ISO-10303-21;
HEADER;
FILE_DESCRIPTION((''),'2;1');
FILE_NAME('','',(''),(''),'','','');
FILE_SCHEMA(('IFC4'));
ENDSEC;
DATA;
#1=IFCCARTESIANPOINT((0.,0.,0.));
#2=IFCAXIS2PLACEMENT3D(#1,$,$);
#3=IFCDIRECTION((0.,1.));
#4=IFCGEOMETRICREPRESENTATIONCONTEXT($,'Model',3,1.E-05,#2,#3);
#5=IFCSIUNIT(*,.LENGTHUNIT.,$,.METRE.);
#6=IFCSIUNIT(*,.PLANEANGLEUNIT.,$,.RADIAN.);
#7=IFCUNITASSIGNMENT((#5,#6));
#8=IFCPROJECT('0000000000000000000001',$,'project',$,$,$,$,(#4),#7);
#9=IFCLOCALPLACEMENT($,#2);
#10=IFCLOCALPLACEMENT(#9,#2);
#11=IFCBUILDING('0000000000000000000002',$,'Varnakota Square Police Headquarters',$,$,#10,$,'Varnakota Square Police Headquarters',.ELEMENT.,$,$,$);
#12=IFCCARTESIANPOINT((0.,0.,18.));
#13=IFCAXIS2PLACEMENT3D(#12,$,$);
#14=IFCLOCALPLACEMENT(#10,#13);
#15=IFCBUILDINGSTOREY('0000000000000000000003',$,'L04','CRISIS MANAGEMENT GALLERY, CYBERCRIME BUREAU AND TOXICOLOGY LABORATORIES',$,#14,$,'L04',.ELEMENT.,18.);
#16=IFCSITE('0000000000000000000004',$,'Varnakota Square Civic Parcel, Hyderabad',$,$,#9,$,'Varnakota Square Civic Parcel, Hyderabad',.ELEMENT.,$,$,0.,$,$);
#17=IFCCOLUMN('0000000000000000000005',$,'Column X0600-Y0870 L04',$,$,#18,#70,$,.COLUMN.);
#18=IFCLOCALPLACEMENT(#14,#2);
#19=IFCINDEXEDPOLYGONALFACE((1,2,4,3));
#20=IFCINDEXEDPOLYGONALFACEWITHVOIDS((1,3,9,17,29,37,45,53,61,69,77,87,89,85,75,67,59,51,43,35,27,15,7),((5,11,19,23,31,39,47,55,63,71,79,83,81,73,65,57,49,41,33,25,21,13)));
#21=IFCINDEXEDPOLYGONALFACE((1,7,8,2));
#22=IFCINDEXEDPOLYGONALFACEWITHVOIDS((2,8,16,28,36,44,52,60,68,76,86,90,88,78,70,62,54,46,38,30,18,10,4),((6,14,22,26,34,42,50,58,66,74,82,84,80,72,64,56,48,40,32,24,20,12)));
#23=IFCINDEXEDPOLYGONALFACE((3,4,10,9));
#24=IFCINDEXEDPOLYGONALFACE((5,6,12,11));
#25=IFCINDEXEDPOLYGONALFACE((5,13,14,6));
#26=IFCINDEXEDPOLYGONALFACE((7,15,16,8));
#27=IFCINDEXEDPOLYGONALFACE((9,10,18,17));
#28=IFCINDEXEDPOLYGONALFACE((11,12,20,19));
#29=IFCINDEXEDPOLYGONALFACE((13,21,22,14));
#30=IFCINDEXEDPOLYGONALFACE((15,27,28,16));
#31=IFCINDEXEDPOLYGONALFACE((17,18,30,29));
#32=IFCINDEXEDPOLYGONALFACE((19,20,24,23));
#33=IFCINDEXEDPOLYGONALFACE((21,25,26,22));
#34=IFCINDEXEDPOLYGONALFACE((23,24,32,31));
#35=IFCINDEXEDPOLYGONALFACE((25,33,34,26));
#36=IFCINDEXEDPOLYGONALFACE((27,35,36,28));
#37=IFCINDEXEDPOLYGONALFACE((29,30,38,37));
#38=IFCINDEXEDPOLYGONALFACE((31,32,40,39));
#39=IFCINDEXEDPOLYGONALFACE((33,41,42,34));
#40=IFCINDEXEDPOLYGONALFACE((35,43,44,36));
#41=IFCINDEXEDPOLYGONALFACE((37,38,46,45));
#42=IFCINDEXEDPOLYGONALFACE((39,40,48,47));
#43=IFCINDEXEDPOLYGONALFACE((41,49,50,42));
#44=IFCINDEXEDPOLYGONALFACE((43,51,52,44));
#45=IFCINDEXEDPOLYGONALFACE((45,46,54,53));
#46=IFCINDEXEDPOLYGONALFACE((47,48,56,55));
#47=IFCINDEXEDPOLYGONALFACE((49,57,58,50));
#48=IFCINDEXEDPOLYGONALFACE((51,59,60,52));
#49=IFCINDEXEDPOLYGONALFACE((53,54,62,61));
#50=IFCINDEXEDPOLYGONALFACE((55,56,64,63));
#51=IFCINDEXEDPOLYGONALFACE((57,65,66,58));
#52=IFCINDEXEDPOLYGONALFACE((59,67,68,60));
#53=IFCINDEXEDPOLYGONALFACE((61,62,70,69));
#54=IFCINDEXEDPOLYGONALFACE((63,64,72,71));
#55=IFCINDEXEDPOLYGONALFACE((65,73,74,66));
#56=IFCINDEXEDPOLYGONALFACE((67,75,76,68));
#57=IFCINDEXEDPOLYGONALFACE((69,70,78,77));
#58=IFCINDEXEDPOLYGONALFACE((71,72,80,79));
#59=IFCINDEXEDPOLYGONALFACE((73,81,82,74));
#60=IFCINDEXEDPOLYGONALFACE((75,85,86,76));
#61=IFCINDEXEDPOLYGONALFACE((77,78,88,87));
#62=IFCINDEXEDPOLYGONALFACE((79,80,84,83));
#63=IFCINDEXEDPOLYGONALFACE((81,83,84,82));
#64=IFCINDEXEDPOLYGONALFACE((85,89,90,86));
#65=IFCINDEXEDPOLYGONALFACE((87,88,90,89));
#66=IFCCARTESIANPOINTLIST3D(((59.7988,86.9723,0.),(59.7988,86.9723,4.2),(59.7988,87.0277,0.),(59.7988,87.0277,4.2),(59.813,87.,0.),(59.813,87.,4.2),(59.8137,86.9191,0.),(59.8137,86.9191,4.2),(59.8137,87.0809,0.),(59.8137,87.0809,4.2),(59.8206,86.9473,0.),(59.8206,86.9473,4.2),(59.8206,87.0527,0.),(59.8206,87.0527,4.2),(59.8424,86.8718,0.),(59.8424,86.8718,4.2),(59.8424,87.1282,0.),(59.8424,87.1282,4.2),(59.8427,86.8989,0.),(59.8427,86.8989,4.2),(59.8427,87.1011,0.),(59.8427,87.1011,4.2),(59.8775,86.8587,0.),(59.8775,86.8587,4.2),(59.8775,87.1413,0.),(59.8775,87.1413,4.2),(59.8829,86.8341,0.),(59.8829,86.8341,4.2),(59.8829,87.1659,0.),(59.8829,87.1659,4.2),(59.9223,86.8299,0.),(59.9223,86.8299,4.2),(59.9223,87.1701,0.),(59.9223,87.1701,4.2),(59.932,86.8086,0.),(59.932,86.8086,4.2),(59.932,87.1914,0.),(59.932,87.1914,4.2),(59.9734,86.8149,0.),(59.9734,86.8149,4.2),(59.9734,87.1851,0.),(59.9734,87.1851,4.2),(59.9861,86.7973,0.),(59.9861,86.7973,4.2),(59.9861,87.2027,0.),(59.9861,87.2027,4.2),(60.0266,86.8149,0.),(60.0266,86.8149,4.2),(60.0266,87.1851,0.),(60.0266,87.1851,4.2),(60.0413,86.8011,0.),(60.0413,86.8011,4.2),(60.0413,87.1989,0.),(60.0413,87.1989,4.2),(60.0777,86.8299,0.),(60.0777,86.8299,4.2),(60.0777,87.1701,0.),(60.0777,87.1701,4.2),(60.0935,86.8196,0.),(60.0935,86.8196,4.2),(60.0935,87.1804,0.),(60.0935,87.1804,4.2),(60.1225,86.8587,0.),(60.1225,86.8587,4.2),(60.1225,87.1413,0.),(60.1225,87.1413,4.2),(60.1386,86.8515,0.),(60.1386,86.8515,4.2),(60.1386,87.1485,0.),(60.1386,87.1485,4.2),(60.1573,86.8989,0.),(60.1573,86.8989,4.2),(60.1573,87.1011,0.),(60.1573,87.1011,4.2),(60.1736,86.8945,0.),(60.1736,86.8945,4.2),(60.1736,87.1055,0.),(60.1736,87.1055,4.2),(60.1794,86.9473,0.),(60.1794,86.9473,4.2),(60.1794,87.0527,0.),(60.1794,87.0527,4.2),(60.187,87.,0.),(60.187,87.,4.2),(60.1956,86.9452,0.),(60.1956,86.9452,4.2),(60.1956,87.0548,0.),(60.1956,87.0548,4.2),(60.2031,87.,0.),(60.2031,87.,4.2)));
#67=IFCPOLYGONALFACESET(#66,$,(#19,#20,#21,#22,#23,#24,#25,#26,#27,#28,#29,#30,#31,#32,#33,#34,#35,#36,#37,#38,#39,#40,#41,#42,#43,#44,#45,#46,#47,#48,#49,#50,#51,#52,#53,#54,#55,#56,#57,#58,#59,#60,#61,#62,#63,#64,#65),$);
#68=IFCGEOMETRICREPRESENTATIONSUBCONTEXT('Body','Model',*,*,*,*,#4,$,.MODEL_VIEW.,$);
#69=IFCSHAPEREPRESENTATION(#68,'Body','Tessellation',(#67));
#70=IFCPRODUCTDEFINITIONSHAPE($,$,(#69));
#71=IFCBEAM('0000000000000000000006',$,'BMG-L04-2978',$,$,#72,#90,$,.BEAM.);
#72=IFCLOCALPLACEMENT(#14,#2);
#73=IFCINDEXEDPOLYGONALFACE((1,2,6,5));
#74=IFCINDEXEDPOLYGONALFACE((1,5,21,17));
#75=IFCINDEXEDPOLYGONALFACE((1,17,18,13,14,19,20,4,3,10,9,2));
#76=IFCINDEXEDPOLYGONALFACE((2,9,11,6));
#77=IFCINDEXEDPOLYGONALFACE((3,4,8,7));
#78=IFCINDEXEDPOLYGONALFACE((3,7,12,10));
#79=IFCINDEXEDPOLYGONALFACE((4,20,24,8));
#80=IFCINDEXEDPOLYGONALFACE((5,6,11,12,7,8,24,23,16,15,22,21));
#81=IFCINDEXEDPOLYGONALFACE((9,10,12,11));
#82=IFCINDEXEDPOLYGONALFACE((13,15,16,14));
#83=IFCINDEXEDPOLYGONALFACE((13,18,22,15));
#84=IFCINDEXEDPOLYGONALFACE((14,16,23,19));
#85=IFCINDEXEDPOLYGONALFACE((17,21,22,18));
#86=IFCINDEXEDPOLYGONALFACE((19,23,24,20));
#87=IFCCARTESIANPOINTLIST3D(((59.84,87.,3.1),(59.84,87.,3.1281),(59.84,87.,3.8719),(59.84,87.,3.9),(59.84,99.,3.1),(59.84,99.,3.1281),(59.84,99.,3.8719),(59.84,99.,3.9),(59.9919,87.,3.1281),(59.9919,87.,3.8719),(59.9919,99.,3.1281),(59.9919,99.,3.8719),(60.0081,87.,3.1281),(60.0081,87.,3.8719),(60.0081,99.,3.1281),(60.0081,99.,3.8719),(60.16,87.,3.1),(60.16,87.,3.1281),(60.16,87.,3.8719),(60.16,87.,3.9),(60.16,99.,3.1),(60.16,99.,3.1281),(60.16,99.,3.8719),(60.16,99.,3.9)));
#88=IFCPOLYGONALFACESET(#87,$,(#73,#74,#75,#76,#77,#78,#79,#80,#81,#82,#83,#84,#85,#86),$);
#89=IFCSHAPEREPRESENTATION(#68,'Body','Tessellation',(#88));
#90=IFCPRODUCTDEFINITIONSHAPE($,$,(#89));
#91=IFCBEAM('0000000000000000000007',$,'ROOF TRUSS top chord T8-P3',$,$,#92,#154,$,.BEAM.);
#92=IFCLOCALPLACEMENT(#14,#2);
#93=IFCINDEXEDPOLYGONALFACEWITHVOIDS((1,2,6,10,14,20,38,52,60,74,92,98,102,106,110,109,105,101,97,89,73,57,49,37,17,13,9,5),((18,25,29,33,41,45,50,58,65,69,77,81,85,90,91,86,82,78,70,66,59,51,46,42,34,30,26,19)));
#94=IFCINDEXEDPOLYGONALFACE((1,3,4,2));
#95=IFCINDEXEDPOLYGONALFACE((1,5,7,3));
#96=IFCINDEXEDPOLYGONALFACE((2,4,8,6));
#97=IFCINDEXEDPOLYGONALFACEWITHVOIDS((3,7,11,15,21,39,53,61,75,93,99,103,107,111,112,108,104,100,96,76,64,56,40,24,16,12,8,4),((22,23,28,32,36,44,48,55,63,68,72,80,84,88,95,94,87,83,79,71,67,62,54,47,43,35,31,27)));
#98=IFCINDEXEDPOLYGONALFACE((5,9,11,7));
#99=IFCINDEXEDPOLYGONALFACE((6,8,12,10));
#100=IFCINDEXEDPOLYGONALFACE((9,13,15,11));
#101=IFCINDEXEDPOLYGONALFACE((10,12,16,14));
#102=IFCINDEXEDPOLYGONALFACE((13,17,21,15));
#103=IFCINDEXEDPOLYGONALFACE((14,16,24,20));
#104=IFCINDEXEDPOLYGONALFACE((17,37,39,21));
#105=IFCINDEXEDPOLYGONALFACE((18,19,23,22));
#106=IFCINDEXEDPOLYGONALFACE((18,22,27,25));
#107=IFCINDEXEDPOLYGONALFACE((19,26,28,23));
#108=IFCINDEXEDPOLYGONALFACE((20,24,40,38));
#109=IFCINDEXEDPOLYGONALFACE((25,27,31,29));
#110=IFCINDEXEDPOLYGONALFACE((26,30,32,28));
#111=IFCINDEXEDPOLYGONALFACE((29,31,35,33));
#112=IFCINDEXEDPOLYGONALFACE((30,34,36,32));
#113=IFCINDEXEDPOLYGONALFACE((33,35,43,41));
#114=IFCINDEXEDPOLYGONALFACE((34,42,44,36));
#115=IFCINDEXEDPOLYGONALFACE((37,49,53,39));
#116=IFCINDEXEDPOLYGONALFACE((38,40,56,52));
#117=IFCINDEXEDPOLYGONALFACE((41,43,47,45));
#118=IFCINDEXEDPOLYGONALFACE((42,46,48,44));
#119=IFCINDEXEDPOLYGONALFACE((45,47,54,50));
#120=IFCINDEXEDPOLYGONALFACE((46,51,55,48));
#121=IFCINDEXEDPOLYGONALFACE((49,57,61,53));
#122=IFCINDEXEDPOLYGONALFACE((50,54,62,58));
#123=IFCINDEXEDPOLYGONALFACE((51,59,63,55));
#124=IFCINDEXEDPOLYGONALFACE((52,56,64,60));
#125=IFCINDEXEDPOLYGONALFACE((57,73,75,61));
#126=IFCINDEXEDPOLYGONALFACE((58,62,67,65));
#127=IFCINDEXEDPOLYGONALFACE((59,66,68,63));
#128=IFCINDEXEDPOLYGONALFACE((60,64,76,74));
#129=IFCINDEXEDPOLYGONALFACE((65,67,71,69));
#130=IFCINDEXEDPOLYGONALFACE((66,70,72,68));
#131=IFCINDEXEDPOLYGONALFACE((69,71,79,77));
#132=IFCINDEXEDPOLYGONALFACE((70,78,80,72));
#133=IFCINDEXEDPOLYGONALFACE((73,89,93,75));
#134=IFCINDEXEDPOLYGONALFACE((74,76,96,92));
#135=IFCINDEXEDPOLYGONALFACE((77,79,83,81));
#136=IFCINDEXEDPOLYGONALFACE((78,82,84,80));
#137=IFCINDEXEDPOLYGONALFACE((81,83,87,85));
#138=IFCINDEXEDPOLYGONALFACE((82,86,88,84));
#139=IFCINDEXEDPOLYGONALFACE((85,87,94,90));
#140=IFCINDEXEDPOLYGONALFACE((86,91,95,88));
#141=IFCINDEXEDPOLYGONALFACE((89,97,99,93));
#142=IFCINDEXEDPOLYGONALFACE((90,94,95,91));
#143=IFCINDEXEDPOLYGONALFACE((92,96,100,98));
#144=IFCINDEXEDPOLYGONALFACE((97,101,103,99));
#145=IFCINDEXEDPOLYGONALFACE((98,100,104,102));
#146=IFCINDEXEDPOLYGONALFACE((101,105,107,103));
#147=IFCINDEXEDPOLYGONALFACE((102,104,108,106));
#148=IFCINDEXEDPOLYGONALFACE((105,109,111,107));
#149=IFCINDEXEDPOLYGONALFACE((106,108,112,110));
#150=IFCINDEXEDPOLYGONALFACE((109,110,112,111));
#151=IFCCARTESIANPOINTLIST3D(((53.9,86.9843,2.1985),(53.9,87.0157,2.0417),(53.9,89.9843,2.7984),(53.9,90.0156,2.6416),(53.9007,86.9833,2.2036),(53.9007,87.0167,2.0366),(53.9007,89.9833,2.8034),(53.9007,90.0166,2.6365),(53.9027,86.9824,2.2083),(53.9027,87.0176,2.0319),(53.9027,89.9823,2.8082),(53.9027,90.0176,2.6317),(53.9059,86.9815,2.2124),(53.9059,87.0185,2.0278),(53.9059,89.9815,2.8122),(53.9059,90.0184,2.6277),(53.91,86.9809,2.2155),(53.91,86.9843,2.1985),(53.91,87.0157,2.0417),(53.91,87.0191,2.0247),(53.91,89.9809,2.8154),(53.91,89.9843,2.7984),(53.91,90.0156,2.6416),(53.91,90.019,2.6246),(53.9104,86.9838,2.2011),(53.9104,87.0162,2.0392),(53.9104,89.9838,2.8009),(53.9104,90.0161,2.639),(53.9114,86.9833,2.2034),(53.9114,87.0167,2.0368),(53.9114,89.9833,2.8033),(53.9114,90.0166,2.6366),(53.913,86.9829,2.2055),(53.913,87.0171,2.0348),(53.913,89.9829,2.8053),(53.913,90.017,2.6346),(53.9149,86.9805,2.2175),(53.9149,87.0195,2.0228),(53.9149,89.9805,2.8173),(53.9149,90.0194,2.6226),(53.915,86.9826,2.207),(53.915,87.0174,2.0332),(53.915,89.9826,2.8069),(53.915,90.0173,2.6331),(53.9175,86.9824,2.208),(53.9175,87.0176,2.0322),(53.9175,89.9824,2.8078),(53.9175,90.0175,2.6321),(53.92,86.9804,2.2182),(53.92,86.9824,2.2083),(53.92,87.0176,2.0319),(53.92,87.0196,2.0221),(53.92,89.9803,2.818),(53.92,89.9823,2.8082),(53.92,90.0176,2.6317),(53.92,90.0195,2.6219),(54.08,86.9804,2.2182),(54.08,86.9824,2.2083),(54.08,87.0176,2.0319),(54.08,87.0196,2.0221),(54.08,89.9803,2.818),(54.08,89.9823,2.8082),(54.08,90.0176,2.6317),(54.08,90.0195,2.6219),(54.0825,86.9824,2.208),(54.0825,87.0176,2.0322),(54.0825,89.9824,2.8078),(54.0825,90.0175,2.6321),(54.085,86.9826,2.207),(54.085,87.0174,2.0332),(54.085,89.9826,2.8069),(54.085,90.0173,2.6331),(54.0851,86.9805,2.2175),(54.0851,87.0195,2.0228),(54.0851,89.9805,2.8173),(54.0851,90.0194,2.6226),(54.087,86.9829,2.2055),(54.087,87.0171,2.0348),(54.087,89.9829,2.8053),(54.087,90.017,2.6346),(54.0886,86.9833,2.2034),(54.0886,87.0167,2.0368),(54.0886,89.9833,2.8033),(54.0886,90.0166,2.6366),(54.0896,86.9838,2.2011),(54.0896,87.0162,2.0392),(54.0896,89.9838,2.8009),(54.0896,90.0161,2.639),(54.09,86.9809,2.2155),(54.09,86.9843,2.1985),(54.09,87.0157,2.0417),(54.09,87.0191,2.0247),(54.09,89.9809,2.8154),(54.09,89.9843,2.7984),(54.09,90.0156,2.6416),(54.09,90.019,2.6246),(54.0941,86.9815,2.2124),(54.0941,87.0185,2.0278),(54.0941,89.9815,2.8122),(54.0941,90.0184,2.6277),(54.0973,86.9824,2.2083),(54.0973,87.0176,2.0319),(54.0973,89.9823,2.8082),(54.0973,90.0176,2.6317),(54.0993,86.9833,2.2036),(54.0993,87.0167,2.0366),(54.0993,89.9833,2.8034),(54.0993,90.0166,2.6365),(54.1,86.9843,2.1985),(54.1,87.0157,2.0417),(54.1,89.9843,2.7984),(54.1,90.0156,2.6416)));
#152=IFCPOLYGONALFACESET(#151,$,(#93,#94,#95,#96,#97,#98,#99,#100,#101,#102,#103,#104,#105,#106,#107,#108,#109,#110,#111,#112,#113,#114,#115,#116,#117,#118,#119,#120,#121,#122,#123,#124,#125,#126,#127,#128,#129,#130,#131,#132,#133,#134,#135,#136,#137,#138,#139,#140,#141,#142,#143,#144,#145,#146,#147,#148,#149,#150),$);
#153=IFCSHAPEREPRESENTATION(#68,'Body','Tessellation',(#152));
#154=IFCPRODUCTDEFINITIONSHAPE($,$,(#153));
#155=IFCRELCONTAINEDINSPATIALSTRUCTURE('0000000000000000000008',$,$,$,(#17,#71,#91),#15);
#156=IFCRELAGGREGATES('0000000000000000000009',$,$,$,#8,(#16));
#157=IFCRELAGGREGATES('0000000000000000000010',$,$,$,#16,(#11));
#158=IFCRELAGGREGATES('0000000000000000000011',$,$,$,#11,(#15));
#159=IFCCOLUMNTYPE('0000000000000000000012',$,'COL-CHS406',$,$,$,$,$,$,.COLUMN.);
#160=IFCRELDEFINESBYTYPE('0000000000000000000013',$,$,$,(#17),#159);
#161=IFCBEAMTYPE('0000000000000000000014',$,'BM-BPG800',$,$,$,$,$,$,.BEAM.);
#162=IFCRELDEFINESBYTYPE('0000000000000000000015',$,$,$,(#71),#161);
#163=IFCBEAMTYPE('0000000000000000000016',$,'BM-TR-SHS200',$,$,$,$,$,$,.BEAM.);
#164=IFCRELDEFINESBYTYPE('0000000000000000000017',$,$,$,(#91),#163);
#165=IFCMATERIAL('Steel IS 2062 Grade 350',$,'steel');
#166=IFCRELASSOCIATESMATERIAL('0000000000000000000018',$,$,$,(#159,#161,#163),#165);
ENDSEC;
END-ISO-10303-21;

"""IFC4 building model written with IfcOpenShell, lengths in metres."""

from ifc_helpers import new_model, si_unit, direction, frame, origin, origin_2d, place, context, subcontext, project, spatial, hollow_rectangle, hollow_circle, i_section, extrude, material, material_profile, profile_set, type_object, element, save


model = new_model("IFC4")

# Units and contexts
model_context = context("Model", 3, precision=1e-05, world=origin(), true_north=direction((0.0, 1.0)))
body_context = subcontext(model_context, "Body", "Model", "MODEL_VIEW")
ifc_project = project(units=[si_unit("LENGTHUNIT", "METRE"), si_unit("PLANEANGLEUNIT", "RADIAN")], contexts=[model_context])

# Site, building, storey
site_placement = place(None, origin())
site = spatial("IfcSite", under=ifc_project, at=site_placement, Name="Varnakota Square Civic Parcel, Hyderabad", LongName="Varnakota Square Civic Parcel, Hyderabad", CompositionType="ELEMENT", RefElevation=0.0)
building_placement = place(site_placement, origin())
building = spatial("IfcBuilding", under=site, at=building_placement, Name="Varnakota Square Police Headquarters", LongName="Varnakota Square Police Headquarters", CompositionType="ELEMENT")
storey_placement = place(building_placement, frame((0.0, 0.0, 18.0)))
storey = spatial("IfcBuildingStorey", under=building, at=storey_placement, Name="L04", Description="CRISIS MANAGEMENT GALLERY, CYBERCRIME BUREAU AND TOXICOLOGY LABORATORIES", LongName="L04", CompositionType="ELEMENT", Elevation=18.0)

# Column
ifc_material_1 = material(Name="Steel IS 2062 Grade 350", Category="steel")
ifc_material_profile_1 = material_profile(ifc_material_1, hollow_circle(Radius=0.2031, WallThickness=0.0161, at=origin_2d()), Name="CHS 406.4x16.0")
ifc_profile_set_1 = profile_set([ifc_material_profile_1], Name="Steel IS 2062 Grade 350")
column_type = type_object("IfcColumnType", Name="COL-CHS406", PredefinedType="COLUMN", material=ifc_profile_set_1)
column_placement = place(storey_placement, frame((60.0, 87.0, 0.0), z_axis=(0.0, 0.0, 1.0), x_axis=(1.0, 0.0, 0.0)))
element("IfcColumn", 1, at=column_placement, inside=storey, type_object=column_type, Name="Column X0600-Y0870 L04", PredefinedType="COLUMN", context=body_context, shape_type="SweptSolid", body=[
    extrude(hollow_circle(Radius=0.2031, WallThickness=0.0161, at=origin_2d()), origin(), (0.0, 0.0, 1.0), 4.2),
])

# Beams
ifc_material_profile_2 = material_profile(ifc_material_1, i_section(OverallWidth=0.3201, OverallDepth=0.8, WebThickness=0.0161, FlangeThickness=0.0281, at=origin_2d()), Name="BPG 800x320")
ifc_profile_set_2 = profile_set([ifc_material_profile_2], Name="Steel IS 2062 Grade 350")
beam_type_1 = type_object("IfcBeamType", Name="BM-BPG800", PredefinedType="BEAM", material=ifc_profile_set_2)
beam_placement = place(storey_placement, frame((60.0, 87.0, 3.5), z_axis=(0.0, 1.0, 0.0), x_axis=(-1.0, 0.0, 0.0)))
element("IfcBeam", 2, at=beam_placement, inside=storey, type_object=beam_type_1, Name="BMG-L04-2978", PredefinedType="BEAM", context=body_context, shape_type="SweptSolid", body=[
    extrude(i_section(OverallWidth=0.3201, OverallDepth=0.8, WebThickness=0.0161, FlangeThickness=0.0281, at=origin_2d()), origin(), (0.0, 0.0, 1.0), 12.0),
])
ifc_material_profile_3 = material_profile(ifc_material_1, hollow_rectangle(XDim=0.2, YDim=0.2, WallThickness=0.01, InnerFilletRadius=0.01, OuterFilletRadius=0.02, at=origin_2d()), Name="SHS 200x200x10")
ifc_profile_set_3 = profile_set([ifc_material_profile_3], Name="Steel IS 2062 Grade 350")
beam_type_2 = type_object("IfcBeamType", Name="BM-TR-SHS200", PredefinedType="BEAM", material=ifc_profile_set_3)
for number, where, z_axis, x_axis, name in (
    (3, (54.0, 87.0, 2.1201), (0.0, 0.98059, 0.19607), (-1.0, 0.0, 0.0), "ROOF TRUSS top chord T8-P3"),
):
    element("IfcBeam", number, at=place(storey_placement, frame(where, z_axis=z_axis, x_axis=x_axis)), inside=storey, type_object=beam_type_2, Name=name, PredefinedType="BEAM", context=body_context, shape_type="SweptSolid", body=[
        extrude(hollow_rectangle(XDim=0.2, YDim=0.2, WallThickness=0.01, InnerFilletRadius=0.01, OuterFilletRadius=0.02, at=origin_2d()), origin(), (0.0, 0.0, 1.0), 3.0593),
    ])

save(model, "model.ifc")
